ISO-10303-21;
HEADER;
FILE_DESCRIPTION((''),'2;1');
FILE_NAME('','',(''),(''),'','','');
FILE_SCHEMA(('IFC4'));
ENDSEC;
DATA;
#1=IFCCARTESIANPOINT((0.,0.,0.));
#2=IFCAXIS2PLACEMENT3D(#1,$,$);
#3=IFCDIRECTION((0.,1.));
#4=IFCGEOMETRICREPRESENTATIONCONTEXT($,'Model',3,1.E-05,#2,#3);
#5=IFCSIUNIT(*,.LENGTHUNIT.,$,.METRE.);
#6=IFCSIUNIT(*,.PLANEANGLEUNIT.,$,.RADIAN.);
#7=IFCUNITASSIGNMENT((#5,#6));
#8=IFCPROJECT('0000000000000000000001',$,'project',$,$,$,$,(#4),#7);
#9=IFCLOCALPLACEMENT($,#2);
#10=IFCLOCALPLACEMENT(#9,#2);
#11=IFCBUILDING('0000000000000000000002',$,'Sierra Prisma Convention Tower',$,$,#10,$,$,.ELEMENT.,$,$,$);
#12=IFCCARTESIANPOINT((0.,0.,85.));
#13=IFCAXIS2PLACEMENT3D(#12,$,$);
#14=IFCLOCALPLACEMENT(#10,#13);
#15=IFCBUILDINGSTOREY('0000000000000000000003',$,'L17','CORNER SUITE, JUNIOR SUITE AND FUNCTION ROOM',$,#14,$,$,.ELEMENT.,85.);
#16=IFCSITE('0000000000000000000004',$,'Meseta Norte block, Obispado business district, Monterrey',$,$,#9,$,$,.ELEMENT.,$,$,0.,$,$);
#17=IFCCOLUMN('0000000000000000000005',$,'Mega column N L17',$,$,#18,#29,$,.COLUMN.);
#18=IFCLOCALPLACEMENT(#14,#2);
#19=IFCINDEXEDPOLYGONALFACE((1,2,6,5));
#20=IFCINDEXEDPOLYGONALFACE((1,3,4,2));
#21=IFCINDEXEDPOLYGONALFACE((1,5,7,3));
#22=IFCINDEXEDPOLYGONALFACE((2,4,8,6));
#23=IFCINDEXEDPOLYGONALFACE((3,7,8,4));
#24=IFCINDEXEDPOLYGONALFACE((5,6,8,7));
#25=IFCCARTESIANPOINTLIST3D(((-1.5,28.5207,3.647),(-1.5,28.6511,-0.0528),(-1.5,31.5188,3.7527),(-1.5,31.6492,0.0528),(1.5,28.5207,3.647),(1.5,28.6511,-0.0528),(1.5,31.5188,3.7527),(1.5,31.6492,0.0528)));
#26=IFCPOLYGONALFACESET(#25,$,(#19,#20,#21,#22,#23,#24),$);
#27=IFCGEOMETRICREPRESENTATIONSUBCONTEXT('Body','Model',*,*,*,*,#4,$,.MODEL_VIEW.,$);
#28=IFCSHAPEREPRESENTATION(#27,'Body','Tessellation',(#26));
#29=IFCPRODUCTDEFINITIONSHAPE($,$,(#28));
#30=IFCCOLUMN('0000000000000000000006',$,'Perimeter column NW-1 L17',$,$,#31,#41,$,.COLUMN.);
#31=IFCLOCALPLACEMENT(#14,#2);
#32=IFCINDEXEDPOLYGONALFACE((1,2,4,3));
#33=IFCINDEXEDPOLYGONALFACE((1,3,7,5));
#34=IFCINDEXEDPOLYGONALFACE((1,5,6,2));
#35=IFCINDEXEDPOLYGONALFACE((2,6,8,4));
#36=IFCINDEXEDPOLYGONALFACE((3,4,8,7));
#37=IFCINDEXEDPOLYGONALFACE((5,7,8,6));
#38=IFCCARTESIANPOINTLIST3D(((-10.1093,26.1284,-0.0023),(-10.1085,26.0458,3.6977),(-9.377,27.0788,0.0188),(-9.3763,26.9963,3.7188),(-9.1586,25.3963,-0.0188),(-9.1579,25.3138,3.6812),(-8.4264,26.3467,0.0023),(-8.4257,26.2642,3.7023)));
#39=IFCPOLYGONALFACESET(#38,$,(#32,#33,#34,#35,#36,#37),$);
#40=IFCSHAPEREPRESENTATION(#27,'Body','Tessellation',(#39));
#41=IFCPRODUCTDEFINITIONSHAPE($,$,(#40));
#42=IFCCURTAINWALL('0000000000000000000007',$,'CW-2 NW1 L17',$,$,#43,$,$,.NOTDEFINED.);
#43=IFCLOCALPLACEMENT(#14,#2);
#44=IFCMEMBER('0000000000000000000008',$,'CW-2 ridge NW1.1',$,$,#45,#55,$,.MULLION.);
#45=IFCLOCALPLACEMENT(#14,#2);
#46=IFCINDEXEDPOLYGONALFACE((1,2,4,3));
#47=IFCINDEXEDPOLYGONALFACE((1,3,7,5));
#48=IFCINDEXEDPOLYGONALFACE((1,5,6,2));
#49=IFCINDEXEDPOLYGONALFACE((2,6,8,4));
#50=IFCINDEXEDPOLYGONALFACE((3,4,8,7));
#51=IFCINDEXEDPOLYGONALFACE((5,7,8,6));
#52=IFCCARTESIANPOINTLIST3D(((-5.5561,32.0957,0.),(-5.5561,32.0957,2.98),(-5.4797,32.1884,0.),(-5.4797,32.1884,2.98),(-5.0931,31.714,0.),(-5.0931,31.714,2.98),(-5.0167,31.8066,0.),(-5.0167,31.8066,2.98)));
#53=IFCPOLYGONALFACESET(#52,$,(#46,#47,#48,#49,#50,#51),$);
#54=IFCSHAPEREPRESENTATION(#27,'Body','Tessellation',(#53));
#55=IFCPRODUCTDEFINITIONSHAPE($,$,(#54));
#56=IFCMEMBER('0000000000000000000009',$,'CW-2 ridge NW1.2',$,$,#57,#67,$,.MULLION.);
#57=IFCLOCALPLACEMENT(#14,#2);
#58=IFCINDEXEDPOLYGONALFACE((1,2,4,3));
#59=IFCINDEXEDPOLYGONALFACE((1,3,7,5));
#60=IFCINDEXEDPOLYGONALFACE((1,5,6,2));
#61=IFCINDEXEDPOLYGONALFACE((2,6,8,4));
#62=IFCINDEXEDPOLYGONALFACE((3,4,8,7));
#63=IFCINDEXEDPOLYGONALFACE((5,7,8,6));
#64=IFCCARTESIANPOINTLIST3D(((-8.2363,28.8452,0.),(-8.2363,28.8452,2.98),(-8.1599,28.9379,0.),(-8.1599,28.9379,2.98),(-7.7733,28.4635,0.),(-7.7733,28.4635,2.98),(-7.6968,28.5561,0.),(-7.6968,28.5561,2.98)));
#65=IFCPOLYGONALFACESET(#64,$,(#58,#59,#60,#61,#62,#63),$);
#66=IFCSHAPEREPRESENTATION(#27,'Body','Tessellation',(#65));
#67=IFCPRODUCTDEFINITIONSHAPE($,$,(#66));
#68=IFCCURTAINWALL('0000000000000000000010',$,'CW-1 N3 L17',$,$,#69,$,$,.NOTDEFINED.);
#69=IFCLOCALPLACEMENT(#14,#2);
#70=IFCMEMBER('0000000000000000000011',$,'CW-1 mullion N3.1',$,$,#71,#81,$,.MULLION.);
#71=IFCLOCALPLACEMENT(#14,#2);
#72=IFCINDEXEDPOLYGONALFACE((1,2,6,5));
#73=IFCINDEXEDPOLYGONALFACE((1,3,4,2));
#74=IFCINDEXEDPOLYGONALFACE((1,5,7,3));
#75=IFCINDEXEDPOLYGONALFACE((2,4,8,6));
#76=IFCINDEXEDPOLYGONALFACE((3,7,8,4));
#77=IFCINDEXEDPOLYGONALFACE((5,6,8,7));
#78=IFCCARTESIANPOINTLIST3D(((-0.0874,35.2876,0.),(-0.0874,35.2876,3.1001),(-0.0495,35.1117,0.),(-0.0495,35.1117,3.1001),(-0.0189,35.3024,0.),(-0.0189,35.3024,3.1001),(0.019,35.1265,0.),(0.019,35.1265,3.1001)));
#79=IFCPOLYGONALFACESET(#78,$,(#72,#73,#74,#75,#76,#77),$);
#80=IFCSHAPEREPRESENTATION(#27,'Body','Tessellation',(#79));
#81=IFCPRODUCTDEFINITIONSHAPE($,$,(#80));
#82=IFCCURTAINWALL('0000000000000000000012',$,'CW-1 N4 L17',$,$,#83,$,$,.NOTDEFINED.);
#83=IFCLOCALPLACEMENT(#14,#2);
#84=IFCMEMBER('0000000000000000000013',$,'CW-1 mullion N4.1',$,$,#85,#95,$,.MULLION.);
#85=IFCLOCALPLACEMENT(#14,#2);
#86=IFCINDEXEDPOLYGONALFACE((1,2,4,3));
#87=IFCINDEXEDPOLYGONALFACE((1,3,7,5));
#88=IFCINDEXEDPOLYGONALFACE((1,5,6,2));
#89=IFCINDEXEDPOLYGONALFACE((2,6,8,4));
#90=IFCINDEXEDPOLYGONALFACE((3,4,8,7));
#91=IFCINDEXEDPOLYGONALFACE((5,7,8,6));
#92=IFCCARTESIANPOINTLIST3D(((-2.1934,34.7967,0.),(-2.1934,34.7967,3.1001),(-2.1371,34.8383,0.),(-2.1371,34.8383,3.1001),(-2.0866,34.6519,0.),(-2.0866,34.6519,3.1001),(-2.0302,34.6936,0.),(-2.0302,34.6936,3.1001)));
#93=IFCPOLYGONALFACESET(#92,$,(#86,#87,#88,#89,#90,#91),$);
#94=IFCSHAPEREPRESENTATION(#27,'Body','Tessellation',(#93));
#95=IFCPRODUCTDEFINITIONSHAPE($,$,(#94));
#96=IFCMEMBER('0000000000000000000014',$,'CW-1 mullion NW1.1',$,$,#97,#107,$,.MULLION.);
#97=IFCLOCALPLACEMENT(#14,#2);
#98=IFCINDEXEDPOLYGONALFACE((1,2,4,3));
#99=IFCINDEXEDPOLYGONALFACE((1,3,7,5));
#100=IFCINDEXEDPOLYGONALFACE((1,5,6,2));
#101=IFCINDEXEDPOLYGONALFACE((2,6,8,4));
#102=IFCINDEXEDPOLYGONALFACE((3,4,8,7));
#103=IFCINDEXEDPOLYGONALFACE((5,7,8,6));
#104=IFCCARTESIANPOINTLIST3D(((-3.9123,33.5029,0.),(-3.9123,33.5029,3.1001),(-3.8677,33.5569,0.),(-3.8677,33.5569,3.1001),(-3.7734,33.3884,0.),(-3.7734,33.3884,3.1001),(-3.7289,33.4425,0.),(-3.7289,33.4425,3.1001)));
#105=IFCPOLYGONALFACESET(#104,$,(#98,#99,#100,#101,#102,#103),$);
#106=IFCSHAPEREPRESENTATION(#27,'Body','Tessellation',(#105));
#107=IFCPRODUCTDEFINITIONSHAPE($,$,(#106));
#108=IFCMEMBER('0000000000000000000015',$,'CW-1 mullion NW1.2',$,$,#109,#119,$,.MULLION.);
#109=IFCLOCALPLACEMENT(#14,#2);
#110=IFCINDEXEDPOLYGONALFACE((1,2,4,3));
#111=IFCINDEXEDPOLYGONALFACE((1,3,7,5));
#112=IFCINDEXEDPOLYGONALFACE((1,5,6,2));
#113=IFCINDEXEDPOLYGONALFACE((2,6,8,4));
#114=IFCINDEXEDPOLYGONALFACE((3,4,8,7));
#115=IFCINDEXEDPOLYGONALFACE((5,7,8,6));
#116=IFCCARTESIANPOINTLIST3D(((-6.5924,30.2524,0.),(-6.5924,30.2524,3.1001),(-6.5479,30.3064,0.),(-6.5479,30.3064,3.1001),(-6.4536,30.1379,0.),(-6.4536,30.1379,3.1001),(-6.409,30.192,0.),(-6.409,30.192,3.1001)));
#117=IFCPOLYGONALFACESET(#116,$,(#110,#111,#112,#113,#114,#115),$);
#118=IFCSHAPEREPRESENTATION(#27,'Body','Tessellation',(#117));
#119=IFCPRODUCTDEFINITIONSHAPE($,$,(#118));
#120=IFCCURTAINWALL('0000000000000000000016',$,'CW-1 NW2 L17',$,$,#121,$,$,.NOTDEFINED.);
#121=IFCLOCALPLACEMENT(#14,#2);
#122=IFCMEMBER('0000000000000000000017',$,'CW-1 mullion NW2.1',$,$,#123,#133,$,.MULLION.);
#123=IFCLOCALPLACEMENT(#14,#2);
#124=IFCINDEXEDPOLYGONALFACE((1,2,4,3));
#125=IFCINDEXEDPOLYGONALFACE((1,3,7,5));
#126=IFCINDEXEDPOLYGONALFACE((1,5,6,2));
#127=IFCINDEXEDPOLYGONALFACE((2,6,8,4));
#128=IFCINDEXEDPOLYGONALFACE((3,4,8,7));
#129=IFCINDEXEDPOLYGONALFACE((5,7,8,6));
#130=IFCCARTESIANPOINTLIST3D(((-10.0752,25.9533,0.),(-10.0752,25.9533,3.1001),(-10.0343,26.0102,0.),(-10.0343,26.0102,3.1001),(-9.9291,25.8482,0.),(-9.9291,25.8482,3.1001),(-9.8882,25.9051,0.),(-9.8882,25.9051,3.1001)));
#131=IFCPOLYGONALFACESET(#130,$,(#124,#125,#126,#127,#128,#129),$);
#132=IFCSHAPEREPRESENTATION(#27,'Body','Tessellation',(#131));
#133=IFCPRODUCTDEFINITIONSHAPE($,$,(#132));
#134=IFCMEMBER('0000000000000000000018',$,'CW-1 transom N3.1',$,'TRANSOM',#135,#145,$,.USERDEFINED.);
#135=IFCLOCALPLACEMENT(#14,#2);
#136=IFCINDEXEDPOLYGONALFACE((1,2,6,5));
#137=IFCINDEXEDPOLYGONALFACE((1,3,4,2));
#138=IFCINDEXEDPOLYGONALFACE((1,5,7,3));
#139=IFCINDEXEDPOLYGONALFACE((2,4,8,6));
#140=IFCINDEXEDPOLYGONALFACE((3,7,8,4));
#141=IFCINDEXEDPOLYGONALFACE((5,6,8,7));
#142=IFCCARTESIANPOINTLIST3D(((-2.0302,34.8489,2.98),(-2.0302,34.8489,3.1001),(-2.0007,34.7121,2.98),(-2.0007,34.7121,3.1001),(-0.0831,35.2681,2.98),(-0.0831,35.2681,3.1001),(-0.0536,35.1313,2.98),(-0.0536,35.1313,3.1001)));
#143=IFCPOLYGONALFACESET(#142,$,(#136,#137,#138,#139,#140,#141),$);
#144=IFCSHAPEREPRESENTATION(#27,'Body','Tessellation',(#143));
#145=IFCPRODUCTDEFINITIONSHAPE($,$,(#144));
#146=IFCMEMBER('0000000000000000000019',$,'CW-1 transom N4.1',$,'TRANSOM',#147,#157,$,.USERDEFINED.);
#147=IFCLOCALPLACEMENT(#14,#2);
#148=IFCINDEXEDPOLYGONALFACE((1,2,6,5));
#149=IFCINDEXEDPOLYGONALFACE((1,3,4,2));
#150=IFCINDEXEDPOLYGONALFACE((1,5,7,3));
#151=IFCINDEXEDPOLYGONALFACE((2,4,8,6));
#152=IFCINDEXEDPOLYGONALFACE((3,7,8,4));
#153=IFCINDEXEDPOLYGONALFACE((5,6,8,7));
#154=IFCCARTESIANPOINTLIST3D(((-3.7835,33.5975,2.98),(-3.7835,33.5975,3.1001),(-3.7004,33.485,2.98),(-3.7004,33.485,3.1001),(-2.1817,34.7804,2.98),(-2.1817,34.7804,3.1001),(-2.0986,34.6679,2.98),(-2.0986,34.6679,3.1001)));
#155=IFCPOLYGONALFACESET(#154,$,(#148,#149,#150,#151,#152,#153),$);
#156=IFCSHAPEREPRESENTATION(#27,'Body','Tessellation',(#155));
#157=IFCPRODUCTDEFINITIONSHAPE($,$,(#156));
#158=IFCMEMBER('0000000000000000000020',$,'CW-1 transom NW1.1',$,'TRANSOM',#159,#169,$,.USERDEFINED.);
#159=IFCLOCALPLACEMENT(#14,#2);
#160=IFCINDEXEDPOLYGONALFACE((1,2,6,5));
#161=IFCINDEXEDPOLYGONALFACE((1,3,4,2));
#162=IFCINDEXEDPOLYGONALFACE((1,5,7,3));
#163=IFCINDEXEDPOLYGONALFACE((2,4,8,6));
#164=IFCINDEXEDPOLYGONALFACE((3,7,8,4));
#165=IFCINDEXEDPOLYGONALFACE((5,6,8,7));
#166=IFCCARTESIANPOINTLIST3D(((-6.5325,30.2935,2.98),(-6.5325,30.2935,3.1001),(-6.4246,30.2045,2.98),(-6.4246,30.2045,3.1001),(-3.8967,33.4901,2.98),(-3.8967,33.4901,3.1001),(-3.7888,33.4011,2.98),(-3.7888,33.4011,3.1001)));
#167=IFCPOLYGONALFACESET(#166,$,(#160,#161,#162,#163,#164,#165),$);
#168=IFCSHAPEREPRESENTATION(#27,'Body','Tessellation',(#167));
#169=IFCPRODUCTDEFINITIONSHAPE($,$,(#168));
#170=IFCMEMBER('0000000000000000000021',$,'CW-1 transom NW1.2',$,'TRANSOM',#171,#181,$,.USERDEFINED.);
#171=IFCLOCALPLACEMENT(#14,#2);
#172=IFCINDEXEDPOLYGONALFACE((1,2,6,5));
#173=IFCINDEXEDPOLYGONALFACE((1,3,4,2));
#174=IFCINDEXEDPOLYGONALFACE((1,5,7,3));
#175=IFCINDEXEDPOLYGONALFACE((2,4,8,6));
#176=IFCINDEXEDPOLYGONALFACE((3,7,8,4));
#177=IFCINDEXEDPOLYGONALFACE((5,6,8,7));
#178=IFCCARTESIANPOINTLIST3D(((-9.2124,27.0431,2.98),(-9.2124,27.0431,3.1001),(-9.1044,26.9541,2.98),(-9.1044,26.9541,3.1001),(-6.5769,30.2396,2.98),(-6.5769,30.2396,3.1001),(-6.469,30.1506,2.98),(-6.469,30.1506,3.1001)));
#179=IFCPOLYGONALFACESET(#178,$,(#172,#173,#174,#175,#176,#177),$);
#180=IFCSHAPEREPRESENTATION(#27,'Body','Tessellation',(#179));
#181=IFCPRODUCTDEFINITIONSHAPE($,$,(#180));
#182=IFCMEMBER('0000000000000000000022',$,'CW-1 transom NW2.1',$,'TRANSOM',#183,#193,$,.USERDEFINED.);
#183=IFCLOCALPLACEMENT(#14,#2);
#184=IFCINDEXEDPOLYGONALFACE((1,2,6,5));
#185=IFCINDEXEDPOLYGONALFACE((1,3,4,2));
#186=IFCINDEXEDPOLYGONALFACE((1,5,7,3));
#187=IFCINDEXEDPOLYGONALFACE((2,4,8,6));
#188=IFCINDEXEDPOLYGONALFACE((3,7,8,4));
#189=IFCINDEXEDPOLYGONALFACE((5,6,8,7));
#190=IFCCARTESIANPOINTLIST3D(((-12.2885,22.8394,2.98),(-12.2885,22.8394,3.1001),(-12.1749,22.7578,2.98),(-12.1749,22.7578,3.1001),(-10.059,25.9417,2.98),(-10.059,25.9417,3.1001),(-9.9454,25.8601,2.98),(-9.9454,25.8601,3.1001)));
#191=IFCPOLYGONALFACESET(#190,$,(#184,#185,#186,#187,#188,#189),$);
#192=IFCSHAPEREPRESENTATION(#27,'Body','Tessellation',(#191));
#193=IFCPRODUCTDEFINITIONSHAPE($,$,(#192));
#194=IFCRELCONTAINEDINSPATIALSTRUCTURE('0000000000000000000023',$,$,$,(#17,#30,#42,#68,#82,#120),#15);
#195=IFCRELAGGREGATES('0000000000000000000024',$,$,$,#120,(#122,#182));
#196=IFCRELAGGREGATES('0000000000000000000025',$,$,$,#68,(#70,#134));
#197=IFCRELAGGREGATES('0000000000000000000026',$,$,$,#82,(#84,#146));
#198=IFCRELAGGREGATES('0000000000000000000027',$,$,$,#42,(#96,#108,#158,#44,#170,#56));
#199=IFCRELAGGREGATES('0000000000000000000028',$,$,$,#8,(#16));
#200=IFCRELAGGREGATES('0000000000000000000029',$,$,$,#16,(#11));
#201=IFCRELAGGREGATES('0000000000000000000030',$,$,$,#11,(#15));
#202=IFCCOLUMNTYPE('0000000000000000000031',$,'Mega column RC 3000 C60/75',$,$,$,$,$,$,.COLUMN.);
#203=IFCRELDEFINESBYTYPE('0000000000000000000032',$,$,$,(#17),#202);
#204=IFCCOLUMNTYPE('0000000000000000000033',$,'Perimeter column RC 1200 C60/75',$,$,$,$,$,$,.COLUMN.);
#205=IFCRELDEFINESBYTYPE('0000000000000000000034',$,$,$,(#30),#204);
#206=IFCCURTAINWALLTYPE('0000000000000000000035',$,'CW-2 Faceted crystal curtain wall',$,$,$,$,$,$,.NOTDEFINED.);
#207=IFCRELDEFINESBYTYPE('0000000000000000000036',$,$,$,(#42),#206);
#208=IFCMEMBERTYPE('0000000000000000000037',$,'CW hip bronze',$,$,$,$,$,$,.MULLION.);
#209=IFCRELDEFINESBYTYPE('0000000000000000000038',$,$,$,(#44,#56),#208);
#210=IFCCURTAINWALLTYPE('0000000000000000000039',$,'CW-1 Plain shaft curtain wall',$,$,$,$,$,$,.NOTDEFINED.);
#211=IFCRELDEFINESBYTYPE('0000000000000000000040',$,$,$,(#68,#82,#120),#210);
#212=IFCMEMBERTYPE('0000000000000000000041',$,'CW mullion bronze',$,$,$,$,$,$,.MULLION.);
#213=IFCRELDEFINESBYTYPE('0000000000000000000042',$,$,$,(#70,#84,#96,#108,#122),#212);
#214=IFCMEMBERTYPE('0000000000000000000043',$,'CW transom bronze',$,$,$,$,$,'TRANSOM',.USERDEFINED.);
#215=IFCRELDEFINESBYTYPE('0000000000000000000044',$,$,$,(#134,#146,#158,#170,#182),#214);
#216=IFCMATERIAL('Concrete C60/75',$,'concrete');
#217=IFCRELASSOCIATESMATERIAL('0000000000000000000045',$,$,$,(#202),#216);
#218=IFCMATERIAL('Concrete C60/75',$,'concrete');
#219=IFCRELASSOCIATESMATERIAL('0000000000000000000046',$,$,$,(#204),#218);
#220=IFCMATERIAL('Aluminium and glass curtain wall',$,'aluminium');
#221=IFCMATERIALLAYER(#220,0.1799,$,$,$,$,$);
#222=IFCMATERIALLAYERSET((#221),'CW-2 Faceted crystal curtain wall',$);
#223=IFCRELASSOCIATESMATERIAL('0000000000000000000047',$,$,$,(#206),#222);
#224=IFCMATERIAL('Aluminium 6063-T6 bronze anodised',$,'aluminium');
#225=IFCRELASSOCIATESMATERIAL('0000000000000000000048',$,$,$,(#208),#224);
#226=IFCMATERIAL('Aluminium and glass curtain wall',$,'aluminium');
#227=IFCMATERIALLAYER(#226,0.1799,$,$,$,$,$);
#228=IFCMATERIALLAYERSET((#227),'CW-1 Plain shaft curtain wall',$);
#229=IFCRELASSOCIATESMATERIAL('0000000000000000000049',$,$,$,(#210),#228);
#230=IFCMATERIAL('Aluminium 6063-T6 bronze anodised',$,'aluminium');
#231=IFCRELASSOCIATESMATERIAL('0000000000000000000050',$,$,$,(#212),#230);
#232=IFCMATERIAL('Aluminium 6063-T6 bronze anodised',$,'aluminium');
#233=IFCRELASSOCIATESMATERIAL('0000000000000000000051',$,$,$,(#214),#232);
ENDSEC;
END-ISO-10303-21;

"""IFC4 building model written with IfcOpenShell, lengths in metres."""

from ifc_helpers import new_model, si_unit, direction, frame, origin, origin_2d, place, context, subcontext, project, spatial, rectangle, extrude, material, layer, layer_set, material_profile, profile_set, type_object, element, aggregate, save


model = new_model("IFC4")

# Units and contexts
model_context = context("Model", 3, precision=1e-05, world=origin(), true_north=direction((0.0, 1.0)))
body_context = subcontext(model_context, "Body", "Model", "MODEL_VIEW")
ifc_project = project(units=[si_unit("LENGTHUNIT", "METRE"), si_unit("PLANEANGLEUNIT", "RADIAN")], contexts=[model_context])

# Site, building, storey
site_placement = place(None, origin())
site = spatial("IfcSite", under=ifc_project, at=site_placement, Name="Meseta Norte block, Obispado business district, Monterrey", CompositionType="ELEMENT", RefElevation=0.0)
building_placement = place(site_placement, origin())
building = spatial("IfcBuilding", under=site, at=building_placement, Name="Sierra Prisma Convention Tower", CompositionType="ELEMENT")
storey_placement = place(building_placement, frame((0.0, 0.0, 85.0)))
storey = spatial("IfcBuildingStorey", under=building, at=storey_placement, Name="L17", Description="CORNER SUITE, JUNIOR SUITE AND FUNCTION ROOM", CompositionType="ELEMENT", Elevation=85.0)

# Columns
ifc_material_1 = material(Name="Concrete C60/75", Category="concrete")
ifc_material_profile_1 = material_profile(ifc_material_1, rectangle(XDim=3.0, YDim=3.0, at=origin_2d()), Name="Mega column RC 3000 C60/75")
ifc_profile_set_1 = profile_set([ifc_material_profile_1], Name="Concrete C60/75")
column_type_1 = type_object("IfcColumnType", Name="Mega column RC 3000 C60/75", PredefinedType="COLUMN", material=ifc_profile_set_1)
column_1_placement = place(storey_placement, frame((0.0, 30.1501, 0.0), z_axis=(0.0, -0.035214, 0.99938), x_axis=(1.0, 0.0, 0.0)))
element("IfcColumn", 1, at=column_1_placement, inside=storey, type_object=column_type_1, Name="Mega column N L17", PredefinedType="COLUMN", context=body_context, shape_type="SweptSolid", body=[
    extrude(rectangle(XDim=3.0, YDim=3.0, at=origin_2d()), origin(), (0.0, 0.0, 1.0), 3.7021),
])
ifc_material_2 = material(Name="Concrete C60/75", Category="concrete")
ifc_material_profile_2 = material_profile(ifc_material_2, rectangle(XDim=1.2, YDim=1.2, at=origin_2d()), Name="Perimeter column RC 1200 C60/75")
ifc_profile_set_2 = profile_set([ifc_material_profile_2], Name="Concrete C60/75")
column_type_2 = type_object("IfcColumnType", Name="Perimeter column RC 1200 C60/75", PredefinedType="COLUMN", material=ifc_profile_set_2)
column_2_placement = place(storey_placement, frame((-9.2678, 26.2375, 0.0), z_axis=(0.000198, -0.022297, 0.999751), x_axis=(0.61021, 0.792045, 0.017544)))
element("IfcColumn", 2, at=column_2_placement, inside=storey, type_object=column_type_2, Name="Perimeter column NW-1 L17", PredefinedType="COLUMN", context=body_context, shape_type="SweptSolid", body=[
    extrude(rectangle(XDim=1.2, YDim=1.2, at=origin_2d()), origin(), (0.0, 0.0, 1.0), 3.7009),
])

# Curtain wall, members
ifc_material_3 = material(Name="Aluminium and glass curtain wall", Category="aluminium")
ifc_layer_1 = layer(ifc_material_3, 0.1799)
ifc_layer_set_1 = layer_set([ifc_layer_1], Name="CW-2 Faceted crystal curtain wall")
curtain_wall_type_1 = type_object("IfcCurtainWallType", Name="CW-2 Faceted crystal curtain wall", PredefinedType="NOTDEFINED", material=ifc_layer_set_1)
curtain_wall_1_placement = place(storey_placement, origin())
curtain_wall_1 = element("IfcCurtainWall", 3, at=curtain_wall_1_placement, inside=storey, type_object=curtain_wall_type_1, Name="CW-2 NW1 L17", PredefinedType="NOTDEFINED")
ifc_material_4 = material(Name="Aluminium 6063-T6 bronze anodised", Category="aluminium")
ifc_material_profile_3 = material_profile(ifc_material_4, rectangle(XDim=0.1201, YDim=0.6001, at=origin_2d()), Name="ALU RIDGE BLADE 120x600")
ifc_profile_set_3 = profile_set([ifc_material_profile_3], Name="Aluminium 6063-T6 bronze anodised")
member_type_1 = type_object("IfcMemberType", Name="CW hip bronze", PredefinedType="MULLION", material=ifc_profile_set_3)
member_1_placement = place(storey_placement, frame((-5.2864, 31.9512, 0.0), z_axis=(0.0, 0.0, 1.0), x_axis=(-0.636158, -0.771559, 0.0)))
member_1 = element("IfcMember", 4, at=member_1_placement, type_object=member_type_1, Name="CW-2 ridge NW1.1", PredefinedType="MULLION", context=body_context, shape_type="SweptSolid", body=[
    extrude(rectangle(XDim=0.1201, YDim=0.6001, at=origin_2d()), origin(), (0.0, 0.0, 1.0), 2.98),
])
member_2_placement = place(storey_placement, frame((-7.9666, 28.7007, 0.0), z_axis=(0.0, 0.0, 1.0), x_axis=(-0.636158, -0.771559, 0.0)))
member_2 = element("IfcMember", 5, at=member_2_placement, type_object=member_type_1, Name="CW-2 ridge NW1.2", PredefinedType="MULLION", context=body_context, shape_type="SweptSolid", body=[
    extrude(rectangle(XDim=0.1201, YDim=0.6001, at=origin_2d()), origin(), (0.0, 0.0, 1.0), 2.98),
])

# Curtain walls, members
ifc_material_5 = material(Name="Aluminium and glass curtain wall", Category="aluminium")
ifc_layer_2 = layer(ifc_material_5, 0.1799)
ifc_layer_set_2 = layer_set([ifc_layer_2], Name="CW-1 Plain shaft curtain wall")
curtain_wall_type_2 = type_object("IfcCurtainWallType", Name="CW-1 Plain shaft curtain wall", PredefinedType="NOTDEFINED", material=ifc_layer_set_2)
curtain_wall_2_placement = place(storey_placement, origin())
curtain_wall_2 = element("IfcCurtainWall", 6, at=curtain_wall_2_placement, inside=storey, type_object=curtain_wall_type_2, Name="CW-1 N3 L17", PredefinedType="NOTDEFINED")
ifc_material_6 = material(Name="Aluminium 6063-T6 bronze anodised", Category="aluminium")
ifc_material_profile_4 = material_profile(ifc_material_6, rectangle(XDim=0.1799, YDim=0.0701, at=origin_2d()), Name="ALU MULLION 70x180")
ifc_profile_set_4 = profile_set([ifc_material_profile_4], Name="Aluminium 6063-T6 bronze anodised")
member_type_2 = type_object("IfcMemberType", Name="CW mullion bronze", PredefinedType="MULLION", material=ifc_profile_set_4)
member_3_placement = place(storey_placement, frame((-0.0342, 35.207, 0.0), z_axis=(0.0, 0.0, 1.0), x_axis=(0.210442, -0.977606, 0.0)))
member_3 = element("IfcMember", 7, at=member_3_placement, type_object=member_type_2, Name="CW-1 mullion N3.1", PredefinedType="MULLION", context=body_context, shape_type="SweptSolid", body=[
    extrude(rectangle(XDim=0.1799, YDim=0.0701, at=origin_2d()), origin(), (0.0, 0.0, 1.0), 3.1001),
])
curtain_wall_3_placement = place(storey_placement, origin())
curtain_wall_3 = element("IfcCurtainWall", 8, at=curtain_wall_3_placement, inside=storey, type_object=curtain_wall_type_2, Name="CW-1 N4 L17", PredefinedType="NOTDEFINED")
member_4_placement = place(storey_placement, frame((-2.1118, 34.7451, 0.0), z_axis=(0.0, 0.0, 1.0), x_axis=(0.594046, -0.804431, 0.0)))
member_4 = element("IfcMember", 9, at=member_4_placement, type_object=member_type_2, Name="CW-1 mullion N4.1", PredefinedType="MULLION", context=body_context, shape_type="SweptSolid", body=[
    extrude(rectangle(XDim=0.1799, YDim=0.0701, at=origin_2d()), origin(), (0.0, 0.0, 1.0), 3.1001),
])

# Members
member_5_placement = place(storey_placement, frame((-3.8206, 33.4727, 0.0), z_axis=(0.0, 0.0, 1.0), x_axis=(0.771559, -0.636158, 0.0)))
member_5 = element("IfcMember", 10, at=member_5_placement, type_object=member_type_2, Name="CW-1 mullion NW1.1", PredefinedType="MULLION", context=body_context, shape_type="SweptSolid", body=[
    extrude(rectangle(XDim=0.1799, YDim=0.0701, at=origin_2d()), origin(), (0.0, 0.0, 1.0), 3.1001),
])
member_6_placement = place(storey_placement, frame((-6.5007, 30.2222, 0.0), z_axis=(0.0, 0.0, 1.0), x_axis=(0.771559, -0.636158, 0.0)))
member_6 = element("IfcMember", 11, at=member_6_placement, type_object=member_type_2, Name="CW-1 mullion NW1.2", PredefinedType="MULLION", context=body_context, shape_type="SweptSolid", body=[
    extrude(rectangle(XDim=0.1799, YDim=0.0701, at=origin_2d()), origin(), (0.0, 0.0, 1.0), 3.1001),
])

# Curtain wall, member
curtain_wall_4_placement = place(storey_placement, origin())
curtain_wall_4 = element("IfcCurtainWall", 12, at=curtain_wall_4_placement, inside=storey, type_object=curtain_wall_type_2, Name="CW-1 NW2 L17", PredefinedType="NOTDEFINED")
member_7_placement = place(storey_placement, frame((-9.9817, 25.9292, 0.0), z_axis=(0.0, 0.0, 1.0), x_axis=(0.812047, -0.583591, 0.0)))
member_7 = element("IfcMember", 13, at=member_7_placement, type_object=member_type_2, Name="CW-1 mullion NW2.1", PredefinedType="MULLION", context=body_context, shape_type="SweptSolid", body=[
    extrude(rectangle(XDim=0.1799, YDim=0.0701, at=origin_2d()), origin(), (0.0, 0.0, 1.0), 3.1001),
])

# Members
ifc_material_7 = material(Name="Aluminium 6063-T6 bronze anodised", Category="aluminium")
ifc_material_profile_5 = material_profile(ifc_material_7, rectangle(XDim=0.1399, YDim=0.1201, at=origin_2d()), Name="ALU TRANSOM 120x140")
ifc_profile_set_5 = profile_set([ifc_material_profile_5], Name="Aluminium 6063-T6 bronze anodised")
member_type_3 = type_object("IfcMemberType", Name="CW transom bronze", ElementType="TRANSOM", PredefinedType="USERDEFINED", material=ifc_profile_set_5)
member_8_placement = place(storey_placement, frame((-0.0684, 35.1997, 3.04), z_axis=(-0.977599, -0.210475, 0.0), x_axis=(0.210475, -0.977599, 0.0)))
member_8 = element("IfcMember", 14, at=member_8_placement, type_object=member_type_3, Name="CW-1 transom N3.1", ObjectType="TRANSOM", PredefinedType="USERDEFINED", context=body_context, shape_type="SweptSolid", body=[
    extrude(rectangle(XDim=0.1399, YDim=0.1201, at=origin_2d()), origin(), (0.0, 0.0, 1.0), 1.9917),
])
member_9_placement = place(storey_placement, frame((-2.1401, 34.7241, 3.04), z_axis=(-0.804436, -0.594039, 0.0), x_axis=(0.594039, -0.804436, 0.0)))
member_9 = element("IfcMember", 15, at=member_9_placement, type_object=member_type_3, Name="CW-1 transom N4.1", ObjectType="TRANSOM", PredefinedType="USERDEFINED", context=body_context, shape_type="SweptSolid", body=[
    extrude(rectangle(XDim=0.1399, YDim=0.1201, at=origin_2d()), origin(), (0.0, 0.0, 1.0), 1.9912),
])
member_10_placement = place(storey_placement, frame((-3.8428, 33.4456, 3.04), z_axis=(-0.636182, -0.771539, 0.0), x_axis=(0.771539, -0.636182, 0.0)))
member_10 = element("IfcMember", 16, at=member_10_placement, type_object=member_type_3, Name="CW-1 transom NW1.1", ObjectType="TRANSOM", PredefinedType="USERDEFINED", context=body_context, shape_type="SweptSolid", body=[
    extrude(rectangle(XDim=0.1399, YDim=0.1201, at=origin_2d()), origin(), (0.0, 0.0, 1.0), 4.1431),
])
member_11_placement = place(storey_placement, frame((-6.5229, 30.1951, 3.04), z_axis=(-0.636147, -0.771568, 0.0), x_axis=(0.771568, -0.636147, 0.0)))
member_11 = element("IfcMember", 17, at=member_11_placement, type_object=member_type_3, Name="CW-1 transom NW1.2", ObjectType="TRANSOM", PredefinedType="USERDEFINED", context=body_context, shape_type="SweptSolid", body=[
    extrude(rectangle(XDim=0.1399, YDim=0.1201, at=origin_2d()), origin(), (0.0, 0.0, 1.0), 4.1428),
])
member_12_placement = place(storey_placement, frame((-10.0022, 25.9009, 3.04), z_axis=(-0.583587, -0.81205, 0.0), x_axis=(0.81205, -0.583587, 0.0)))
member_12 = element("IfcMember", 18, at=member_12_placement, type_object=member_type_3, Name="CW-1 transom NW2.1", ObjectType="TRANSOM", PredefinedType="USERDEFINED", context=body_context, shape_type="SweptSolid", body=[
    extrude(rectangle(XDim=0.1399, YDim=0.1201, at=origin_2d()), origin(), (0.0, 0.0, 1.0), 3.8203),
])
aggregate(curtain_wall_4, [member_7, member_12])

aggregate(curtain_wall_2, [member_3, member_8])
aggregate(curtain_wall_3, [member_4, member_9])
aggregate(curtain_wall_1, [member_5, member_6, member_10, member_1, member_11, member_2])

save(model, "model.ifc")
